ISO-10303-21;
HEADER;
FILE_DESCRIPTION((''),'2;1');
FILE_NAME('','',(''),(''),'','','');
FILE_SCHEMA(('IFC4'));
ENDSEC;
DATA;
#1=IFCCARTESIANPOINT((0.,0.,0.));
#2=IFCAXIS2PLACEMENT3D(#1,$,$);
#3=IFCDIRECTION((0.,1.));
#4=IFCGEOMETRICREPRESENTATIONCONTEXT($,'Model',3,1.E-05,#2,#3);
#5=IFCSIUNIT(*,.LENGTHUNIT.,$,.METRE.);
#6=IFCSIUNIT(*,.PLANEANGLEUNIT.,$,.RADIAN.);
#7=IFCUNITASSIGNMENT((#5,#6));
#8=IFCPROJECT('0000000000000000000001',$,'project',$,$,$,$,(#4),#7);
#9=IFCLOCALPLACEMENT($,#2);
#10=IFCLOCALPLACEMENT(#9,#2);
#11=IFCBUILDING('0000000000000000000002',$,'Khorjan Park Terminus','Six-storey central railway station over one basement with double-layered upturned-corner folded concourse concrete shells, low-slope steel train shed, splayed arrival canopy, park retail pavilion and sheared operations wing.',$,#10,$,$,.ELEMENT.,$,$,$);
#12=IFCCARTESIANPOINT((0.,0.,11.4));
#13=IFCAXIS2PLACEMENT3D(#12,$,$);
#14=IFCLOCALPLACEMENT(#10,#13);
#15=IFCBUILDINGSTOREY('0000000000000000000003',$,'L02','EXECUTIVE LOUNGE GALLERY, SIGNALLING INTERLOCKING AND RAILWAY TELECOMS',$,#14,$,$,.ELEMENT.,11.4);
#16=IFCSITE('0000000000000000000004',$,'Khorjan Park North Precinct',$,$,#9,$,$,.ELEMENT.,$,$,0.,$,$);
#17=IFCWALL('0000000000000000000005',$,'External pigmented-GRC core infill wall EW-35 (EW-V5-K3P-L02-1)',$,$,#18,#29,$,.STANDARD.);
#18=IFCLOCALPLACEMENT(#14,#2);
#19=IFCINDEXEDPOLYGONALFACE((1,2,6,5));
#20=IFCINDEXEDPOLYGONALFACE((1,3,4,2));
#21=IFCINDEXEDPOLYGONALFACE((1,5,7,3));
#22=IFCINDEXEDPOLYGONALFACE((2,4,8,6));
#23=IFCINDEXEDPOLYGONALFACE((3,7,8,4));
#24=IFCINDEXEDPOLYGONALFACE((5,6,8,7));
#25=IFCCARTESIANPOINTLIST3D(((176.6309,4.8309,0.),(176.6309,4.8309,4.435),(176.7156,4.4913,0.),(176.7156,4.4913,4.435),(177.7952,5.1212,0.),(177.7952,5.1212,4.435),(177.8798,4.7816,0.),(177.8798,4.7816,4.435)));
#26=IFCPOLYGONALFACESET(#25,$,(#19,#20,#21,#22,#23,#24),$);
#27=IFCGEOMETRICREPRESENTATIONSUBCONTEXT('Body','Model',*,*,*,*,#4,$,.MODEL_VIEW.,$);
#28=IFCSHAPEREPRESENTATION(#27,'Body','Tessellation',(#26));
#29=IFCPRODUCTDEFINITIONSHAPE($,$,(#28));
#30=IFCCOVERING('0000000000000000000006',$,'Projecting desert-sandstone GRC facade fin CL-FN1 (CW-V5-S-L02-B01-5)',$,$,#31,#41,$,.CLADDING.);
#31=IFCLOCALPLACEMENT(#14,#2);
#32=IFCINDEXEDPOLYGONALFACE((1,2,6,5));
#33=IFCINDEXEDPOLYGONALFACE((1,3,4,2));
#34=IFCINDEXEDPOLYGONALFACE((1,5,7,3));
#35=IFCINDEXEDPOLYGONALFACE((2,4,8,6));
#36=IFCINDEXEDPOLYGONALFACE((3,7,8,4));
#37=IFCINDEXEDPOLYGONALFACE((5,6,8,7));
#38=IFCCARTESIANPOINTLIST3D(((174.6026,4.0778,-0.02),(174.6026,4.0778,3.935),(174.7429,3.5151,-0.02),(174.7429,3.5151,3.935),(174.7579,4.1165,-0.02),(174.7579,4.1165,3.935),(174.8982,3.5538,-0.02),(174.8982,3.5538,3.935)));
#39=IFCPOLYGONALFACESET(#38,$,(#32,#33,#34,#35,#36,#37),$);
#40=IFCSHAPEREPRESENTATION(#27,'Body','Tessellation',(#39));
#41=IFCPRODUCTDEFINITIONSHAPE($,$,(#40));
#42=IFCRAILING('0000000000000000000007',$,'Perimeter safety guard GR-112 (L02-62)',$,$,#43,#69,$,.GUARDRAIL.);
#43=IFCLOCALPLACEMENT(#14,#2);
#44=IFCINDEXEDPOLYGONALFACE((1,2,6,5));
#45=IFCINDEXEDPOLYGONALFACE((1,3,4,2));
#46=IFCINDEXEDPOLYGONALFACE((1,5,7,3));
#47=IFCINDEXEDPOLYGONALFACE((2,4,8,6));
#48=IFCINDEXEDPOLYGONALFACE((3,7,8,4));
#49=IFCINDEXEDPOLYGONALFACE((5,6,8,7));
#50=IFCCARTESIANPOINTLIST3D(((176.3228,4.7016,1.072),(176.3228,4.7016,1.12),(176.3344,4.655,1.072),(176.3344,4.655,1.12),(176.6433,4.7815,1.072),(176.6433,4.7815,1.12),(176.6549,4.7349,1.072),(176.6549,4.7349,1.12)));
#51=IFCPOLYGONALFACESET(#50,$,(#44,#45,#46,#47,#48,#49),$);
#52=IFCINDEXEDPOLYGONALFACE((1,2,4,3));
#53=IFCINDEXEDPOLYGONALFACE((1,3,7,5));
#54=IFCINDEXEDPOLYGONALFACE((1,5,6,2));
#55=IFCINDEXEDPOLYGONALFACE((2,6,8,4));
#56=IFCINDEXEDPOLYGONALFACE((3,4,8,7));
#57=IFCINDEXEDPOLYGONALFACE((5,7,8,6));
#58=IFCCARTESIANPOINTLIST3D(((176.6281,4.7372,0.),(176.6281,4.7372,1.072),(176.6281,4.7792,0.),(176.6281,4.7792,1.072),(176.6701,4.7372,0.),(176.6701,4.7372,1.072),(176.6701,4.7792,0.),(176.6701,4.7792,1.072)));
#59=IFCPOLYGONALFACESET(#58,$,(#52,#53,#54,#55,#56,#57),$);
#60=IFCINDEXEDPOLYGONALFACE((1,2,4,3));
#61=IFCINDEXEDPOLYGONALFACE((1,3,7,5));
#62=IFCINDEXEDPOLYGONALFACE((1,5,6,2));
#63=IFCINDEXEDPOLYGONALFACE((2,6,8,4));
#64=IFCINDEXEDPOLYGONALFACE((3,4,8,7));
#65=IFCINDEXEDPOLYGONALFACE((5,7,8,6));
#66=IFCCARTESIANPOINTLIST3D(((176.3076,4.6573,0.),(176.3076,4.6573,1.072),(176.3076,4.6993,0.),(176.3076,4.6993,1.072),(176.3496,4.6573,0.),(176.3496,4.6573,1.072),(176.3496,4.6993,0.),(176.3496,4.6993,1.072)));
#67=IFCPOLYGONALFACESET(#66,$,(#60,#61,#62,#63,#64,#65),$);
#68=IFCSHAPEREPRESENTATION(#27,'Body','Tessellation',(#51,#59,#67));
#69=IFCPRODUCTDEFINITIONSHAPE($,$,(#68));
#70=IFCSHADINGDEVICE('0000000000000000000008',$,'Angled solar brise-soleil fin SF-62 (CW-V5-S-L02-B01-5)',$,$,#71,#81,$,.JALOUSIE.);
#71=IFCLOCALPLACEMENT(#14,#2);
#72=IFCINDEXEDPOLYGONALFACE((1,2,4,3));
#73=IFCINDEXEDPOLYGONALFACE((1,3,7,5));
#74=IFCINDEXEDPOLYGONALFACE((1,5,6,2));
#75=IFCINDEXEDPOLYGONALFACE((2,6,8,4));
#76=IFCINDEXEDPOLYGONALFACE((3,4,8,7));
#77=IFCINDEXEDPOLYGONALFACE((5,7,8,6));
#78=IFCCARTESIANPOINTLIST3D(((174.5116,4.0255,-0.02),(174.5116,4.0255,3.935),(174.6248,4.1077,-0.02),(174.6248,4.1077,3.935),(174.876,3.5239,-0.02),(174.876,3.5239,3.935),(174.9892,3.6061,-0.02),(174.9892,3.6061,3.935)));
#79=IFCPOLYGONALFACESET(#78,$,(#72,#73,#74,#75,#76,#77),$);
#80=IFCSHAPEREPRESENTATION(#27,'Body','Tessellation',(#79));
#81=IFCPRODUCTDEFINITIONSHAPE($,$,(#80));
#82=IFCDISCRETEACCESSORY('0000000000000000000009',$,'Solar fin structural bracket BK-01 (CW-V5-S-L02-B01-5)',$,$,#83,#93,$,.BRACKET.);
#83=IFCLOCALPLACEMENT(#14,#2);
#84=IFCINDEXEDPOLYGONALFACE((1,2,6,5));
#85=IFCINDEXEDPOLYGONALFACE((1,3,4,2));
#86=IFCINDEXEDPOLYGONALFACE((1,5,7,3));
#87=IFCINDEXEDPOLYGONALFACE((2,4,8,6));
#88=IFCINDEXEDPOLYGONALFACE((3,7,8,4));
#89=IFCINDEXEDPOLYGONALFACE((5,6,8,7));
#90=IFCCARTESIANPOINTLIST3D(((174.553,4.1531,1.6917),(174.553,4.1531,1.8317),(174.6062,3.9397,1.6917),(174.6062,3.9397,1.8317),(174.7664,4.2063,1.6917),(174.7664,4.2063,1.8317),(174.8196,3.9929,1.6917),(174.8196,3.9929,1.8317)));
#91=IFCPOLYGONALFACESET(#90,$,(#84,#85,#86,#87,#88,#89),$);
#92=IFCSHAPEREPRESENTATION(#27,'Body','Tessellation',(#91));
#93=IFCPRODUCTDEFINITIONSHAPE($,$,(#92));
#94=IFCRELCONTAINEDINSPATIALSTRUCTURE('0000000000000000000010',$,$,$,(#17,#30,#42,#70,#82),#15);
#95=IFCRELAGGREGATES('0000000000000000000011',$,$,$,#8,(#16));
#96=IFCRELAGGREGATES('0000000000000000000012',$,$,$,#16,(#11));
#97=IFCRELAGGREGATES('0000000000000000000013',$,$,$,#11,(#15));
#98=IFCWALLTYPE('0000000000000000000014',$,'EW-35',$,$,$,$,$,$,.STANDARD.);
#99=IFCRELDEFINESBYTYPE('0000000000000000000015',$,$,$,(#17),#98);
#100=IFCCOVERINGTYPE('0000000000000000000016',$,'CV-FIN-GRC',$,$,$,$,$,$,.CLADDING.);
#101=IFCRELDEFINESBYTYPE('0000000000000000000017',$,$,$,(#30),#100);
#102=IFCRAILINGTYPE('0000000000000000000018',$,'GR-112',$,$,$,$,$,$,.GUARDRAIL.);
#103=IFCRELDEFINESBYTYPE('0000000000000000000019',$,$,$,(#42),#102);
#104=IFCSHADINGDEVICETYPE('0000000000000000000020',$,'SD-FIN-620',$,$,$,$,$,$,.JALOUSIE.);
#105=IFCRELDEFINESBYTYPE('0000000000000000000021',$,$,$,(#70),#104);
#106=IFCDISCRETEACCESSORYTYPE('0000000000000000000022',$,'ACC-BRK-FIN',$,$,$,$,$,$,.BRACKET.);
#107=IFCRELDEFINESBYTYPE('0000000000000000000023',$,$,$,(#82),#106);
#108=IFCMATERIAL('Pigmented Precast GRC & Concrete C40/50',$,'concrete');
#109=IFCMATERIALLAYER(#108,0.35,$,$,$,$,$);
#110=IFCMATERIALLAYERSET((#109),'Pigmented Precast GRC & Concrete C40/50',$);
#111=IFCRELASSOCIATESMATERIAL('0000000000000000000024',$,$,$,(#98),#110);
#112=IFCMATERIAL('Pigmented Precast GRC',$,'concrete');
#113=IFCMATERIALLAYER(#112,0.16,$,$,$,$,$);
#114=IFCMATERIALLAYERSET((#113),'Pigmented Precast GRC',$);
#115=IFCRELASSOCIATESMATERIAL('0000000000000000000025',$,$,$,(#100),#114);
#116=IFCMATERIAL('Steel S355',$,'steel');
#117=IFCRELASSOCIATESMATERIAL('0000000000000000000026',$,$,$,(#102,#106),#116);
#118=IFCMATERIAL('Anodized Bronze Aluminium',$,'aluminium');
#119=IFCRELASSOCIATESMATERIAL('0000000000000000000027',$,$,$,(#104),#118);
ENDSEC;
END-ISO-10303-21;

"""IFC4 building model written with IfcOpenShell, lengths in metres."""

from ifc_helpers import new_model, si_unit, direction, frame, frame_2d, origin, origin_2d, place, context, subcontext, project, spatial, rectangle, extrude, material, layer, layer_set, type_object, element, save


model = new_model("IFC4")

# Units and contexts
model_context = context("Model", 3, precision=1e-05, world=origin(), true_north=direction((0.0, 1.0)))
body_context = subcontext(model_context, "Body", "Model", "MODEL_VIEW")
ifc_project = project(units=[si_unit("LENGTHUNIT", "METRE"), si_unit("PLANEANGLEUNIT", "RADIAN")], contexts=[model_context])

# Site, building, storey
site_placement = place(None, origin())
site = spatial("IfcSite", under=ifc_project, at=site_placement, Name="Khorjan Park North Precinct", CompositionType="ELEMENT", RefElevation=0.0)
building_placement = place(site_placement, origin())
building = spatial("IfcBuilding", under=site, at=building_placement, Name="Khorjan Park Terminus", Description="Six-storey central railway station over one basement with double-layered upturned-corner folded concourse concrete shells, low-slope steel train shed, splayed arrival canopy, park retail pavilion and sheared operations wing.", CompositionType="ELEMENT")
storey_placement = place(building_placement, frame((0.0, 0.0, 11.4)))
storey = spatial("IfcBuildingStorey", under=building, at=storey_placement, Name="L02", Description="EXECUTIVE LOUNGE GALLERY, SIGNALLING INTERLOCKING AND RAILWAY TELECOMS", CompositionType="ELEMENT", Elevation=11.4)

# Shared definitions
ifc_material_1 = material(Name="Anodized Bronze Aluminium", Category="aluminium")

# Wall
ifc_material_2 = material(Name="Pigmented Precast GRC & Concrete C40/50", Category="concrete")
ifc_layer_1 = layer(ifc_material_2, 0.35)
ifc_layer_set_1 = layer_set([ifc_layer_1], Name="Pigmented Precast GRC & Concrete C40/50")
wall_type = type_object("IfcWallType", Name="EW-35", PredefinedType="STANDARD", material=ifc_layer_set_1)
wall_placement = place(storey_placement, frame((176.6733, 4.6611, 0.0), z_axis=(0.0, 0.0, 1.0), x_axis=(0.970294, 0.241928, 0.0)))
element("IfcWall", 1, at=wall_placement, inside=storey, type_object=wall_type, Name="External pigmented-GRC core infill wall EW-35 (EW-V5-K3P-L02-1)", PredefinedType="STANDARD", context=body_context, shape_type="SweptSolid", body=[
    extrude(rectangle(XDim=1.1999, YDim=0.35, at=frame_2d((0.5999, 0.0))), origin(), (0.0, 0.0, 1.0), 4.435),
])

# Covering
ifc_material_3 = material(Name="Pigmented Precast GRC", Category="concrete")
ifc_layer_2 = layer(ifc_material_3, 0.16)
ifc_layer_set_2 = layer_set([ifc_layer_2], Name="Pigmented Precast GRC")
covering_type = type_object("IfcCoveringType", Name="CV-FIN-GRC", PredefinedType="CLADDING", material=ifc_layer_set_2)
covering_placement = place(storey_placement, frame((174.7504, 3.8158, -0.02), z_axis=(0.0, 0.0, 1.0), x_axis=(-0.241922, 0.970296, 0.0)))
element("IfcCovering", 2, at=covering_placement, inside=storey, type_object=covering_type, Name="Projecting desert-sandstone GRC facade fin CL-FN1 (CW-V5-S-L02-B01-5)", PredefinedType="CLADDING", context=body_context, shape_type="SweptSolid", body=[
    extrude(rectangle(XDim=0.58, YDim=0.16, at=origin_2d()), origin(), (0.0, 0.0, 1.0), 3.955),
])

# Railing
ifc_material_4 = material(Name="Steel S355", Category="steel")
railing_type = type_object("IfcRailingType", Name="GR-112", PredefinedType="GUARDRAIL", material=ifc_material_4)
railing_placement = place(storey_placement, frame((176.6491, 4.7582, 0.0)))
element("IfcRailing", 3, at=railing_placement, inside=storey, type_object=railing_type, Name="Perimeter safety guard GR-112 (L02-62)", PredefinedType="GUARDRAIL", context=body_context, shape_type="SweptSolid", body=[
    extrude(rectangle(XDim=0.048, YDim=0.048, at=origin_2d()), frame((0.0, 0.0, 1.096), z_axis=(-0.970303, -0.241894, 0.0), x_axis=(0.241894, -0.970303, 0.0)), (0.0, 0.0, 1.0), 0.3303),
    extrude(rectangle(XDim=0.042, YDim=0.042, at=origin_2d()), origin(), (0.0, 0.0, 1.0), 1.072),
    extrude(rectangle(XDim=0.042, YDim=0.042, at=origin_2d()), frame((-0.3205, -0.0799, 0.0)), (0.0, 0.0, 1.0), 1.072),
])

# Shading device
shading_device_type = type_object("IfcShadingDeviceType", Name="SD-FIN-620", PredefinedType="JALOUSIE", material=ifc_material_1)
shading_device_placement = place(storey_placement, frame((174.7504, 3.8158, -0.02), z_axis=(0.0, 0.0, 1.0), x_axis=(-0.587785, 0.809017, 0.0)))
element("IfcShadingDevice", 4, at=shading_device_placement, inside=storey, type_object=shading_device_type, Name="Angled solar brise-soleil fin SF-62 (CW-V5-S-L02-B01-5)", PredefinedType="JALOUSIE", context=body_context, shape_type="SweptSolid", body=[
    extrude(rectangle(XDim=0.62, YDim=0.14, at=origin_2d()), origin(), (0.0, 0.0, 1.0), 3.955),
])

# Discrete accessory
discrete_accessory_type = type_object("IfcDiscreteAccessoryType", Name="ACC-BRK-FIN", PredefinedType="BRACKET", material=ifc_material_4)
discrete_accessory_placement = place(storey_placement, frame((174.6863, 4.073, 1.6917), z_axis=(0.0, 0.0, 1.0), x_axis=(0.970296, 0.241923, 0.0)))
element("IfcDiscreteAccessory", 5, at=discrete_accessory_placement, inside=storey, type_object=discrete_accessory_type, Name="Solar fin structural bracket BK-01 (CW-V5-S-L02-B01-5)", PredefinedType="BRACKET", context=body_context, shape_type="SweptSolid", body=[
    extrude(rectangle(XDim=0.22, YDim=0.22, at=origin_2d()), origin(), (0.0, 0.0, 1.0), 0.14),
])

save(model, "model.ifc")
